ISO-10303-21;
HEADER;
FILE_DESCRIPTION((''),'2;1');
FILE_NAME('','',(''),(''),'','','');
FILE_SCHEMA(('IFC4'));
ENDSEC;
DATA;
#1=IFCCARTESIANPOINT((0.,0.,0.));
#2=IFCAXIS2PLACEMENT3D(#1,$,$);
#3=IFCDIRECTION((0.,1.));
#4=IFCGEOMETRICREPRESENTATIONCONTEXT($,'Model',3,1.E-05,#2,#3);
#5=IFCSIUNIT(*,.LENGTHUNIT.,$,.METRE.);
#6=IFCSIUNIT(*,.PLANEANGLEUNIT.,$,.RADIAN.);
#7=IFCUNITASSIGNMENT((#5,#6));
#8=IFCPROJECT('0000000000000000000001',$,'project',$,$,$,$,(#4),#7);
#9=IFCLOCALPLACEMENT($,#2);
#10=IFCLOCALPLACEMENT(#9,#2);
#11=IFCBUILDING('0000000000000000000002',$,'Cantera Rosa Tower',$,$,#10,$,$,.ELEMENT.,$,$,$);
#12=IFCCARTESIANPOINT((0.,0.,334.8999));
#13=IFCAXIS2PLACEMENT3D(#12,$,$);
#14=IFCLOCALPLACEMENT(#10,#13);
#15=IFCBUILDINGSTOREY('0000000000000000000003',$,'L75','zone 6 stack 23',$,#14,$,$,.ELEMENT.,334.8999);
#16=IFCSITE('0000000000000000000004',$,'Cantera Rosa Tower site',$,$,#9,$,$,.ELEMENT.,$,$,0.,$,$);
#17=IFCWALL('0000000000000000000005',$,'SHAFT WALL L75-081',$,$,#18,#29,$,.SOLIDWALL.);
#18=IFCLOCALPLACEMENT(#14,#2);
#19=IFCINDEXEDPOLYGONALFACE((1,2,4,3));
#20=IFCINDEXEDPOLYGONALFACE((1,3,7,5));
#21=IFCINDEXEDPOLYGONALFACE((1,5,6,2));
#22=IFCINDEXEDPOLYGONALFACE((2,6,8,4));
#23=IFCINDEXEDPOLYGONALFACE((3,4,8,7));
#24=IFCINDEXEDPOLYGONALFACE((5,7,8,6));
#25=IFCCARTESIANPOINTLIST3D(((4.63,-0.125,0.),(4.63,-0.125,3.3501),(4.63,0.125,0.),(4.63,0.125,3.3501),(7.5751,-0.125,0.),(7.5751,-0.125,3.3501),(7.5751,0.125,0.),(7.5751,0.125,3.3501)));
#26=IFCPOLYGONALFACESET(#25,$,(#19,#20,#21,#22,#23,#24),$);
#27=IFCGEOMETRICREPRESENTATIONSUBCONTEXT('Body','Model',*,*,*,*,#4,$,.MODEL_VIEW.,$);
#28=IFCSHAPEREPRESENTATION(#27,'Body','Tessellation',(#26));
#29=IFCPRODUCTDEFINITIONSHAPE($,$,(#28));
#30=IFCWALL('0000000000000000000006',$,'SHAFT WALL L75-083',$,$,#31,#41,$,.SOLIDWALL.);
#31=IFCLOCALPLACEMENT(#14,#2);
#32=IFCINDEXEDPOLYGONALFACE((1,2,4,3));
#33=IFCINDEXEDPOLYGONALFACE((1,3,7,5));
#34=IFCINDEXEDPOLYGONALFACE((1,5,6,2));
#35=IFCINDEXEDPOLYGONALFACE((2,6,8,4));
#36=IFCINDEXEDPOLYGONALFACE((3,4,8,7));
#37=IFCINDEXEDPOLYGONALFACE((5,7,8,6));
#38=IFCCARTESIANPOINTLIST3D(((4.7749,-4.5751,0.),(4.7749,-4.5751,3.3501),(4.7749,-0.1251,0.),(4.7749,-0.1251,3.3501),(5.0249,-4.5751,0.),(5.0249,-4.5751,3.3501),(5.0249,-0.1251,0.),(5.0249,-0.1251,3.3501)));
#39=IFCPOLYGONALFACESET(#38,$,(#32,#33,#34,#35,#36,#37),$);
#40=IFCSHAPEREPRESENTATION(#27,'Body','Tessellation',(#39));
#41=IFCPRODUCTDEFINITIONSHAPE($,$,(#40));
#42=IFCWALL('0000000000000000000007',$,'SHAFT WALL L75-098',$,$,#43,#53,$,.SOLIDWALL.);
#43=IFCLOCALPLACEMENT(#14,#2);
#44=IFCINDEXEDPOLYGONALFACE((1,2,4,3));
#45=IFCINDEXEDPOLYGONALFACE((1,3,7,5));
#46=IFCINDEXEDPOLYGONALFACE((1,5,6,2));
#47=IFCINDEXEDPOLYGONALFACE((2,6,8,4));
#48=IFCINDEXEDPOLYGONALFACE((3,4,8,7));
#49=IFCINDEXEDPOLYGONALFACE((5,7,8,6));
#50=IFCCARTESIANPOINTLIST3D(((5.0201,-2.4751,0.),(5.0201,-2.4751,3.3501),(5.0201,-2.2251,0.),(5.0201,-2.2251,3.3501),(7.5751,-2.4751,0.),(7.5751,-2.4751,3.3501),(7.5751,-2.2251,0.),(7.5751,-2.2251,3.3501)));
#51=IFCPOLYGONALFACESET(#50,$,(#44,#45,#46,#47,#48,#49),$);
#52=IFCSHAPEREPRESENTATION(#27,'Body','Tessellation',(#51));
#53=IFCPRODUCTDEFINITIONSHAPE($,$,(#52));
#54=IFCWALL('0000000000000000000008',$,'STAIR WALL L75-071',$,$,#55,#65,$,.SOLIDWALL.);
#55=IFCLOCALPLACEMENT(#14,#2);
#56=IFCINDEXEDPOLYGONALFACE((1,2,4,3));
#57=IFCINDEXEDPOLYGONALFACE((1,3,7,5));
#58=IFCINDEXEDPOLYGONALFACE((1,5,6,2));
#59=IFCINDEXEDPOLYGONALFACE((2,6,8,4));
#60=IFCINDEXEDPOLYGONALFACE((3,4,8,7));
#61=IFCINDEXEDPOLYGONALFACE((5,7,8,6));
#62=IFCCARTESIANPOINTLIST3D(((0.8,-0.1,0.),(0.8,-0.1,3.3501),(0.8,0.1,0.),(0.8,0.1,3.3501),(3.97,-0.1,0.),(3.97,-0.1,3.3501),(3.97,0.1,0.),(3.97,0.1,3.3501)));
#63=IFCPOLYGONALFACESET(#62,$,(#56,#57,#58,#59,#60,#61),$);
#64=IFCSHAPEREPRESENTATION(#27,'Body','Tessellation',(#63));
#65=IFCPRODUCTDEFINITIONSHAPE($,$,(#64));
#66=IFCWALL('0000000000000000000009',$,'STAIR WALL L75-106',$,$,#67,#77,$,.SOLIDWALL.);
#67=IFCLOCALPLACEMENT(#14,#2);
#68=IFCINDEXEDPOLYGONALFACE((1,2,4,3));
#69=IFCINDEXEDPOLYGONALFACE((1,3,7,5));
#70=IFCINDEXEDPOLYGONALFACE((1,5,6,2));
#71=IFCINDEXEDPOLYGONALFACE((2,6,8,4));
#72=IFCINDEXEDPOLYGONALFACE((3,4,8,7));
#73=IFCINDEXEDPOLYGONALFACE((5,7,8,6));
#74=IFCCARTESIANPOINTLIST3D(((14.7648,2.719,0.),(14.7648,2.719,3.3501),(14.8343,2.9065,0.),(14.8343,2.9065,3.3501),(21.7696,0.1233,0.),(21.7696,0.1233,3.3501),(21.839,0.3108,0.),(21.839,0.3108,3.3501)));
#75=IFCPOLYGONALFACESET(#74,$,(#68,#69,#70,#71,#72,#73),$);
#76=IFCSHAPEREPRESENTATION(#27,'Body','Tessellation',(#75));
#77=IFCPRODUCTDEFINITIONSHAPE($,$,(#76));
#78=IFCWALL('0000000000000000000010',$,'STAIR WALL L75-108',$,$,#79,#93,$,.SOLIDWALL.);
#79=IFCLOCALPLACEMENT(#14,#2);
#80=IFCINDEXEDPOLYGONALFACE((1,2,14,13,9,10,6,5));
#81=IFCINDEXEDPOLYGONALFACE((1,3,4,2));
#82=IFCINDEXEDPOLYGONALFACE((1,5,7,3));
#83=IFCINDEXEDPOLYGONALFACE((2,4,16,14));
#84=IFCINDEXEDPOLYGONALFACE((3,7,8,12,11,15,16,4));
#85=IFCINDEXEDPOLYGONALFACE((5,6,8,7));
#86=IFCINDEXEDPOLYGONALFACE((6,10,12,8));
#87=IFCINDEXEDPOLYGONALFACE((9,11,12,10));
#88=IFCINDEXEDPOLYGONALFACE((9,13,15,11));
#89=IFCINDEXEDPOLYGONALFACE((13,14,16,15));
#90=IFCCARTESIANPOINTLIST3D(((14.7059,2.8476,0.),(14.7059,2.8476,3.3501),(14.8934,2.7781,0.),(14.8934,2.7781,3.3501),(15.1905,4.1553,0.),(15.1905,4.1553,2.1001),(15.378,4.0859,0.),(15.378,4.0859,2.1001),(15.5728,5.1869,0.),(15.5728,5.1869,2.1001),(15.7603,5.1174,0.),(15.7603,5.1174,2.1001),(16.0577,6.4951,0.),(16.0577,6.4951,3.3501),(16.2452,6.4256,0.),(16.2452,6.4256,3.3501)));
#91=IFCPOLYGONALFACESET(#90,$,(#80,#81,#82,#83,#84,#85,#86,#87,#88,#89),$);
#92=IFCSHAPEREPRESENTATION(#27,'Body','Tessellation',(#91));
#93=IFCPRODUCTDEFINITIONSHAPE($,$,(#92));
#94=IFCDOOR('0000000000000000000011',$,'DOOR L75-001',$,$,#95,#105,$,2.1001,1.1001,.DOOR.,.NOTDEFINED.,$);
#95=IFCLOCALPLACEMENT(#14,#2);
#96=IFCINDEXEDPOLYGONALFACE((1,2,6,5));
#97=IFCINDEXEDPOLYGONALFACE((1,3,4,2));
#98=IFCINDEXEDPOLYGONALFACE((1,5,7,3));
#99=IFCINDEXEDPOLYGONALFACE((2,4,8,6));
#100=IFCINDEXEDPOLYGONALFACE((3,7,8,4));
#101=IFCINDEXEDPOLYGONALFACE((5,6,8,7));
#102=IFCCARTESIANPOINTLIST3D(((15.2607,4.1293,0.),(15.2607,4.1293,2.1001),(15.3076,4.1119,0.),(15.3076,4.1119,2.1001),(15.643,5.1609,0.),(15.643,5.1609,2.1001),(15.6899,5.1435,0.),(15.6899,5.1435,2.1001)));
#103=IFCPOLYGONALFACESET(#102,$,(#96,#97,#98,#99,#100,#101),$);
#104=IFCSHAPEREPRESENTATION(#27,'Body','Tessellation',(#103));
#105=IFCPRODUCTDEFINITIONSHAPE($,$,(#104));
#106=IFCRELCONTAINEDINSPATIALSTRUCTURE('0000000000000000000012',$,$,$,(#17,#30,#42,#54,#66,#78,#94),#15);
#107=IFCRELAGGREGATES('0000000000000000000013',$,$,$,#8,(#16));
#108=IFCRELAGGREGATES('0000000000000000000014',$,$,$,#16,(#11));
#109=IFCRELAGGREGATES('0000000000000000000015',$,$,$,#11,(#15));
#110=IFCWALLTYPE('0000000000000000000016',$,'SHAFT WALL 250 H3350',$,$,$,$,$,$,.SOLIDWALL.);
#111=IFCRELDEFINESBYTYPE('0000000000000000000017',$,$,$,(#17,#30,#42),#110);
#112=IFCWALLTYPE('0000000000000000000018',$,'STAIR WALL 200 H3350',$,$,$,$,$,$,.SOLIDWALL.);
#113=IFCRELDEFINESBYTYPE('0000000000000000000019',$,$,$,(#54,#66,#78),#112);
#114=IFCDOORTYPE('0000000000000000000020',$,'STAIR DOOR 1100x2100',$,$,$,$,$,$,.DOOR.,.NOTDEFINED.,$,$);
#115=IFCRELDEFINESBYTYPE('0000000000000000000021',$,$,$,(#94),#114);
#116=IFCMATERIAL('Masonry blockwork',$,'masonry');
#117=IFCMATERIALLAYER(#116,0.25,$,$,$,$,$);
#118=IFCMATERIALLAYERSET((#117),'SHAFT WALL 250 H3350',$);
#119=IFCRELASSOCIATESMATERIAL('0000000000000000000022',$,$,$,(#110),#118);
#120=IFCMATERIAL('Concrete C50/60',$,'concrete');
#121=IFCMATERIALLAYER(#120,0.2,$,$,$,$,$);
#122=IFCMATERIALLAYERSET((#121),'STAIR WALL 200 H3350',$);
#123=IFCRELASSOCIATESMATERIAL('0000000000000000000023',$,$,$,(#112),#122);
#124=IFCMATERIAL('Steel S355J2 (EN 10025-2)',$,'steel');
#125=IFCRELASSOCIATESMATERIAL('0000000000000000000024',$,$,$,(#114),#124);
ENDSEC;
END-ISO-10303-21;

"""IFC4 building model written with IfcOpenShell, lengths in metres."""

from ifc_helpers import new_model, si_unit, direction, frame, frame_2d, origin, place, context, subcontext, project, spatial, rectangle, extrude, material, layer, layer_set, type_object, element, fill, save


model = new_model("IFC4")

# Units and contexts
model_context = context("Model", 3, precision=1e-05, world=origin(), true_north=direction((0.0, 1.0)))
body_context = subcontext(model_context, "Body", "Model", "MODEL_VIEW")
ifc_project = project(units=[si_unit("LENGTHUNIT", "METRE"), si_unit("PLANEANGLEUNIT", "RADIAN")], contexts=[model_context])

# Site, building, storey
site_placement = place(None, origin())
site = spatial("IfcSite", under=ifc_project, at=site_placement, Name="Cantera Rosa Tower site", CompositionType="ELEMENT", RefElevation=0.0)
building_placement = place(site_placement, origin())
building = spatial("IfcBuilding", under=site, at=building_placement, Name="Cantera Rosa Tower", CompositionType="ELEMENT")
storey_placement = place(building_placement, frame((0.0, 0.0, 334.8999)))
storey = spatial("IfcBuildingStorey", under=building, at=storey_placement, Name="L75", Description="zone 6 stack 23", CompositionType="ELEMENT", Elevation=334.8999)

# Walls
ifc_material_1 = material(Name="Masonry blockwork", Category="masonry")
ifc_layer_1 = layer(ifc_material_1, 0.25)
ifc_layer_set_1 = layer_set([ifc_layer_1], Name="SHAFT WALL 250 H3350")
wall_type_1 = type_object("IfcWallType", Name="SHAFT WALL 250 H3350", PredefinedType="SOLIDWALL", material=ifc_layer_set_1)
wall_1_placement = place(storey_placement, frame((4.6299, 0.0, 0.0), z_axis=(0.0, 0.0, 1.0), x_axis=(1.0, 0.0, 0.0)))
element("IfcWall", 1, at=wall_1_placement, inside=storey, type_object=wall_type_1, Name="SHAFT WALL L75-081", PredefinedType="SOLIDWALL", context=body_context, shape_type="SweptSolid", body=[
    extrude(rectangle(XDim=2.9451, YDim=0.25, at=frame_2d((1.4727, 0.0))), origin(), (0.0, 0.0, 1.0), 3.3501),
])
wall_2_placement = place(storey_placement, frame((4.8999, -0.125, 0.0), z_axis=(0.0, 0.0, 1.0), x_axis=(0.0, -1.0, 0.0)))
element("IfcWall", 2, at=wall_2_placement, inside=storey, type_object=wall_type_1, Name="SHAFT WALL L75-083", PredefinedType="SOLIDWALL", context=body_context, shape_type="SweptSolid", body=[
    extrude(rectangle(XDim=4.45, YDim=0.25, at=frame_2d((2.2251, 0.0))), origin(), (0.0, 0.0, 1.0), 3.3501),
])
wall_3_placement = place(storey_placement, frame((7.575, -2.3501, 0.0), z_axis=(0.0, 0.0, 1.0), x_axis=(-1.0, 0.0, 0.0)))
element("IfcWall", 3, at=wall_3_placement, inside=storey, type_object=wall_type_1, Name="SHAFT WALL L75-098", PredefinedType="SOLIDWALL", context=body_context, shape_type="SweptSolid", body=[
    extrude(rectangle(XDim=2.5549, YDim=0.25, at=frame_2d((1.2773, 0.0))), origin(), (0.0, 0.0, 1.0), 3.3501),
])
ifc_material_2 = material(Name="Concrete C50/60", Category="concrete")
ifc_layer_2 = layer(ifc_material_2, 0.2)
ifc_layer_set_2 = layer_set([ifc_layer_2], Name="STAIR WALL 200 H3350")
wall_type_2 = type_object("IfcWallType", Name="STAIR WALL 200 H3350", PredefinedType="SOLIDWALL", material=ifc_layer_set_2)
wall_4_placement = place(storey_placement, frame((0.8, 0.0, 0.0), z_axis=(0.0, 0.0, 1.0), x_axis=(1.0, 0.0, 0.0)))
element("IfcWall", 4, at=wall_4_placement, inside=storey, type_object=wall_type_2, Name="STAIR WALL L75-071", PredefinedType="SOLIDWALL", context=body_context, shape_type="SweptSolid", body=[
    extrude(rectangle(XDim=3.1699, YDim=0.2, at=frame_2d((1.585, 0.0))), origin(), (0.0, 0.0, 1.0), 3.3501),
])
wall_5_placement = place(storey_placement, frame((14.7996, 2.8127, 0.0), z_axis=(0.0, 0.0, 1.0), x_axis=(0.937688, -0.347478, 0.0)))
element("IfcWall", 5, at=wall_5_placement, inside=storey, type_object=wall_type_2, Name="STAIR WALL L75-106", PredefinedType="SOLIDWALL", context=body_context, shape_type="SweptSolid", body=[
    extrude(rectangle(XDim=7.4702, YDim=0.2, at=frame_2d((3.7351, 0.0))), origin(), (0.0, 0.0, 1.0), 3.3501),
])

# Wall, opening, door
wall_6_placement = place(storey_placement, frame((16.1514, 6.4602, 0.0), z_axis=(0.0, 0.0, 1.0), x_axis=(-0.347517, -0.937674, 0.0)))
wall_6 = element("IfcWall", 6, at=wall_6_placement, inside=storey, type_object=wall_type_2, Name="STAIR WALL L75-108", PredefinedType="SOLIDWALL", context=body_context, shape_type="SweptSolid", body=[
    extrude(rectangle(XDim=3.8899, YDim=0.2, at=frame_2d((1.9448, 0.0))), origin(), (0.0, 0.0, 1.0), 3.3501),
])
opening_1_placement = place(wall_6_placement, frame((1.395, 0.0, 0.0)))
opening_1 = element("IfcOpeningElement", 7, at=opening_1_placement, cuts=wall_6, PredefinedType="OPENING", context=body_context, shape_type="SweptSolid", body=[
    extrude(rectangle(XDim=1.1001, YDim=2.1001, at=frame_2d((0.55, 1.05))), frame((0.0, 0.1099, 0.0), z_axis=(0.0, -1.0, 0.0), x_axis=(1.0, 0.0, 0.0)), (0.0, 0.0, 1.0), 0.22),
])
ifc_material_3 = material(Name="Steel S355J2 (EN 10025-2)", Category="steel")
door_type_1 = type_object("IfcDoorType", Name="STAIR DOOR 1100x2100", OperationType="NOTDEFINED", PredefinedType="DOOR", material=ifc_material_3)
door_1_placement = place(opening_1_placement, origin())
door_1 = element("IfcDoor", 8, at=door_1_placement, inside=storey, type_object=door_type_1, Name="DOOR L75-001", OperationType="NOTDEFINED", OverallHeight=2.1001, OverallWidth=1.1001, PredefinedType="DOOR", context=body_context, shape_type="SweptSolid", body=[
    extrude(rectangle(XDim=1.1001, YDim=2.1001, at=frame_2d((0.55, 1.05))), frame((0.0, 0.0249, 0.0), z_axis=(0.0, -1.0, 0.0), x_axis=(1.0, 0.0, 0.0)), (0.0, 0.0, 1.0), 0.05),
])
fill(opening_1, door_1)

save(model, "model.ifc")
